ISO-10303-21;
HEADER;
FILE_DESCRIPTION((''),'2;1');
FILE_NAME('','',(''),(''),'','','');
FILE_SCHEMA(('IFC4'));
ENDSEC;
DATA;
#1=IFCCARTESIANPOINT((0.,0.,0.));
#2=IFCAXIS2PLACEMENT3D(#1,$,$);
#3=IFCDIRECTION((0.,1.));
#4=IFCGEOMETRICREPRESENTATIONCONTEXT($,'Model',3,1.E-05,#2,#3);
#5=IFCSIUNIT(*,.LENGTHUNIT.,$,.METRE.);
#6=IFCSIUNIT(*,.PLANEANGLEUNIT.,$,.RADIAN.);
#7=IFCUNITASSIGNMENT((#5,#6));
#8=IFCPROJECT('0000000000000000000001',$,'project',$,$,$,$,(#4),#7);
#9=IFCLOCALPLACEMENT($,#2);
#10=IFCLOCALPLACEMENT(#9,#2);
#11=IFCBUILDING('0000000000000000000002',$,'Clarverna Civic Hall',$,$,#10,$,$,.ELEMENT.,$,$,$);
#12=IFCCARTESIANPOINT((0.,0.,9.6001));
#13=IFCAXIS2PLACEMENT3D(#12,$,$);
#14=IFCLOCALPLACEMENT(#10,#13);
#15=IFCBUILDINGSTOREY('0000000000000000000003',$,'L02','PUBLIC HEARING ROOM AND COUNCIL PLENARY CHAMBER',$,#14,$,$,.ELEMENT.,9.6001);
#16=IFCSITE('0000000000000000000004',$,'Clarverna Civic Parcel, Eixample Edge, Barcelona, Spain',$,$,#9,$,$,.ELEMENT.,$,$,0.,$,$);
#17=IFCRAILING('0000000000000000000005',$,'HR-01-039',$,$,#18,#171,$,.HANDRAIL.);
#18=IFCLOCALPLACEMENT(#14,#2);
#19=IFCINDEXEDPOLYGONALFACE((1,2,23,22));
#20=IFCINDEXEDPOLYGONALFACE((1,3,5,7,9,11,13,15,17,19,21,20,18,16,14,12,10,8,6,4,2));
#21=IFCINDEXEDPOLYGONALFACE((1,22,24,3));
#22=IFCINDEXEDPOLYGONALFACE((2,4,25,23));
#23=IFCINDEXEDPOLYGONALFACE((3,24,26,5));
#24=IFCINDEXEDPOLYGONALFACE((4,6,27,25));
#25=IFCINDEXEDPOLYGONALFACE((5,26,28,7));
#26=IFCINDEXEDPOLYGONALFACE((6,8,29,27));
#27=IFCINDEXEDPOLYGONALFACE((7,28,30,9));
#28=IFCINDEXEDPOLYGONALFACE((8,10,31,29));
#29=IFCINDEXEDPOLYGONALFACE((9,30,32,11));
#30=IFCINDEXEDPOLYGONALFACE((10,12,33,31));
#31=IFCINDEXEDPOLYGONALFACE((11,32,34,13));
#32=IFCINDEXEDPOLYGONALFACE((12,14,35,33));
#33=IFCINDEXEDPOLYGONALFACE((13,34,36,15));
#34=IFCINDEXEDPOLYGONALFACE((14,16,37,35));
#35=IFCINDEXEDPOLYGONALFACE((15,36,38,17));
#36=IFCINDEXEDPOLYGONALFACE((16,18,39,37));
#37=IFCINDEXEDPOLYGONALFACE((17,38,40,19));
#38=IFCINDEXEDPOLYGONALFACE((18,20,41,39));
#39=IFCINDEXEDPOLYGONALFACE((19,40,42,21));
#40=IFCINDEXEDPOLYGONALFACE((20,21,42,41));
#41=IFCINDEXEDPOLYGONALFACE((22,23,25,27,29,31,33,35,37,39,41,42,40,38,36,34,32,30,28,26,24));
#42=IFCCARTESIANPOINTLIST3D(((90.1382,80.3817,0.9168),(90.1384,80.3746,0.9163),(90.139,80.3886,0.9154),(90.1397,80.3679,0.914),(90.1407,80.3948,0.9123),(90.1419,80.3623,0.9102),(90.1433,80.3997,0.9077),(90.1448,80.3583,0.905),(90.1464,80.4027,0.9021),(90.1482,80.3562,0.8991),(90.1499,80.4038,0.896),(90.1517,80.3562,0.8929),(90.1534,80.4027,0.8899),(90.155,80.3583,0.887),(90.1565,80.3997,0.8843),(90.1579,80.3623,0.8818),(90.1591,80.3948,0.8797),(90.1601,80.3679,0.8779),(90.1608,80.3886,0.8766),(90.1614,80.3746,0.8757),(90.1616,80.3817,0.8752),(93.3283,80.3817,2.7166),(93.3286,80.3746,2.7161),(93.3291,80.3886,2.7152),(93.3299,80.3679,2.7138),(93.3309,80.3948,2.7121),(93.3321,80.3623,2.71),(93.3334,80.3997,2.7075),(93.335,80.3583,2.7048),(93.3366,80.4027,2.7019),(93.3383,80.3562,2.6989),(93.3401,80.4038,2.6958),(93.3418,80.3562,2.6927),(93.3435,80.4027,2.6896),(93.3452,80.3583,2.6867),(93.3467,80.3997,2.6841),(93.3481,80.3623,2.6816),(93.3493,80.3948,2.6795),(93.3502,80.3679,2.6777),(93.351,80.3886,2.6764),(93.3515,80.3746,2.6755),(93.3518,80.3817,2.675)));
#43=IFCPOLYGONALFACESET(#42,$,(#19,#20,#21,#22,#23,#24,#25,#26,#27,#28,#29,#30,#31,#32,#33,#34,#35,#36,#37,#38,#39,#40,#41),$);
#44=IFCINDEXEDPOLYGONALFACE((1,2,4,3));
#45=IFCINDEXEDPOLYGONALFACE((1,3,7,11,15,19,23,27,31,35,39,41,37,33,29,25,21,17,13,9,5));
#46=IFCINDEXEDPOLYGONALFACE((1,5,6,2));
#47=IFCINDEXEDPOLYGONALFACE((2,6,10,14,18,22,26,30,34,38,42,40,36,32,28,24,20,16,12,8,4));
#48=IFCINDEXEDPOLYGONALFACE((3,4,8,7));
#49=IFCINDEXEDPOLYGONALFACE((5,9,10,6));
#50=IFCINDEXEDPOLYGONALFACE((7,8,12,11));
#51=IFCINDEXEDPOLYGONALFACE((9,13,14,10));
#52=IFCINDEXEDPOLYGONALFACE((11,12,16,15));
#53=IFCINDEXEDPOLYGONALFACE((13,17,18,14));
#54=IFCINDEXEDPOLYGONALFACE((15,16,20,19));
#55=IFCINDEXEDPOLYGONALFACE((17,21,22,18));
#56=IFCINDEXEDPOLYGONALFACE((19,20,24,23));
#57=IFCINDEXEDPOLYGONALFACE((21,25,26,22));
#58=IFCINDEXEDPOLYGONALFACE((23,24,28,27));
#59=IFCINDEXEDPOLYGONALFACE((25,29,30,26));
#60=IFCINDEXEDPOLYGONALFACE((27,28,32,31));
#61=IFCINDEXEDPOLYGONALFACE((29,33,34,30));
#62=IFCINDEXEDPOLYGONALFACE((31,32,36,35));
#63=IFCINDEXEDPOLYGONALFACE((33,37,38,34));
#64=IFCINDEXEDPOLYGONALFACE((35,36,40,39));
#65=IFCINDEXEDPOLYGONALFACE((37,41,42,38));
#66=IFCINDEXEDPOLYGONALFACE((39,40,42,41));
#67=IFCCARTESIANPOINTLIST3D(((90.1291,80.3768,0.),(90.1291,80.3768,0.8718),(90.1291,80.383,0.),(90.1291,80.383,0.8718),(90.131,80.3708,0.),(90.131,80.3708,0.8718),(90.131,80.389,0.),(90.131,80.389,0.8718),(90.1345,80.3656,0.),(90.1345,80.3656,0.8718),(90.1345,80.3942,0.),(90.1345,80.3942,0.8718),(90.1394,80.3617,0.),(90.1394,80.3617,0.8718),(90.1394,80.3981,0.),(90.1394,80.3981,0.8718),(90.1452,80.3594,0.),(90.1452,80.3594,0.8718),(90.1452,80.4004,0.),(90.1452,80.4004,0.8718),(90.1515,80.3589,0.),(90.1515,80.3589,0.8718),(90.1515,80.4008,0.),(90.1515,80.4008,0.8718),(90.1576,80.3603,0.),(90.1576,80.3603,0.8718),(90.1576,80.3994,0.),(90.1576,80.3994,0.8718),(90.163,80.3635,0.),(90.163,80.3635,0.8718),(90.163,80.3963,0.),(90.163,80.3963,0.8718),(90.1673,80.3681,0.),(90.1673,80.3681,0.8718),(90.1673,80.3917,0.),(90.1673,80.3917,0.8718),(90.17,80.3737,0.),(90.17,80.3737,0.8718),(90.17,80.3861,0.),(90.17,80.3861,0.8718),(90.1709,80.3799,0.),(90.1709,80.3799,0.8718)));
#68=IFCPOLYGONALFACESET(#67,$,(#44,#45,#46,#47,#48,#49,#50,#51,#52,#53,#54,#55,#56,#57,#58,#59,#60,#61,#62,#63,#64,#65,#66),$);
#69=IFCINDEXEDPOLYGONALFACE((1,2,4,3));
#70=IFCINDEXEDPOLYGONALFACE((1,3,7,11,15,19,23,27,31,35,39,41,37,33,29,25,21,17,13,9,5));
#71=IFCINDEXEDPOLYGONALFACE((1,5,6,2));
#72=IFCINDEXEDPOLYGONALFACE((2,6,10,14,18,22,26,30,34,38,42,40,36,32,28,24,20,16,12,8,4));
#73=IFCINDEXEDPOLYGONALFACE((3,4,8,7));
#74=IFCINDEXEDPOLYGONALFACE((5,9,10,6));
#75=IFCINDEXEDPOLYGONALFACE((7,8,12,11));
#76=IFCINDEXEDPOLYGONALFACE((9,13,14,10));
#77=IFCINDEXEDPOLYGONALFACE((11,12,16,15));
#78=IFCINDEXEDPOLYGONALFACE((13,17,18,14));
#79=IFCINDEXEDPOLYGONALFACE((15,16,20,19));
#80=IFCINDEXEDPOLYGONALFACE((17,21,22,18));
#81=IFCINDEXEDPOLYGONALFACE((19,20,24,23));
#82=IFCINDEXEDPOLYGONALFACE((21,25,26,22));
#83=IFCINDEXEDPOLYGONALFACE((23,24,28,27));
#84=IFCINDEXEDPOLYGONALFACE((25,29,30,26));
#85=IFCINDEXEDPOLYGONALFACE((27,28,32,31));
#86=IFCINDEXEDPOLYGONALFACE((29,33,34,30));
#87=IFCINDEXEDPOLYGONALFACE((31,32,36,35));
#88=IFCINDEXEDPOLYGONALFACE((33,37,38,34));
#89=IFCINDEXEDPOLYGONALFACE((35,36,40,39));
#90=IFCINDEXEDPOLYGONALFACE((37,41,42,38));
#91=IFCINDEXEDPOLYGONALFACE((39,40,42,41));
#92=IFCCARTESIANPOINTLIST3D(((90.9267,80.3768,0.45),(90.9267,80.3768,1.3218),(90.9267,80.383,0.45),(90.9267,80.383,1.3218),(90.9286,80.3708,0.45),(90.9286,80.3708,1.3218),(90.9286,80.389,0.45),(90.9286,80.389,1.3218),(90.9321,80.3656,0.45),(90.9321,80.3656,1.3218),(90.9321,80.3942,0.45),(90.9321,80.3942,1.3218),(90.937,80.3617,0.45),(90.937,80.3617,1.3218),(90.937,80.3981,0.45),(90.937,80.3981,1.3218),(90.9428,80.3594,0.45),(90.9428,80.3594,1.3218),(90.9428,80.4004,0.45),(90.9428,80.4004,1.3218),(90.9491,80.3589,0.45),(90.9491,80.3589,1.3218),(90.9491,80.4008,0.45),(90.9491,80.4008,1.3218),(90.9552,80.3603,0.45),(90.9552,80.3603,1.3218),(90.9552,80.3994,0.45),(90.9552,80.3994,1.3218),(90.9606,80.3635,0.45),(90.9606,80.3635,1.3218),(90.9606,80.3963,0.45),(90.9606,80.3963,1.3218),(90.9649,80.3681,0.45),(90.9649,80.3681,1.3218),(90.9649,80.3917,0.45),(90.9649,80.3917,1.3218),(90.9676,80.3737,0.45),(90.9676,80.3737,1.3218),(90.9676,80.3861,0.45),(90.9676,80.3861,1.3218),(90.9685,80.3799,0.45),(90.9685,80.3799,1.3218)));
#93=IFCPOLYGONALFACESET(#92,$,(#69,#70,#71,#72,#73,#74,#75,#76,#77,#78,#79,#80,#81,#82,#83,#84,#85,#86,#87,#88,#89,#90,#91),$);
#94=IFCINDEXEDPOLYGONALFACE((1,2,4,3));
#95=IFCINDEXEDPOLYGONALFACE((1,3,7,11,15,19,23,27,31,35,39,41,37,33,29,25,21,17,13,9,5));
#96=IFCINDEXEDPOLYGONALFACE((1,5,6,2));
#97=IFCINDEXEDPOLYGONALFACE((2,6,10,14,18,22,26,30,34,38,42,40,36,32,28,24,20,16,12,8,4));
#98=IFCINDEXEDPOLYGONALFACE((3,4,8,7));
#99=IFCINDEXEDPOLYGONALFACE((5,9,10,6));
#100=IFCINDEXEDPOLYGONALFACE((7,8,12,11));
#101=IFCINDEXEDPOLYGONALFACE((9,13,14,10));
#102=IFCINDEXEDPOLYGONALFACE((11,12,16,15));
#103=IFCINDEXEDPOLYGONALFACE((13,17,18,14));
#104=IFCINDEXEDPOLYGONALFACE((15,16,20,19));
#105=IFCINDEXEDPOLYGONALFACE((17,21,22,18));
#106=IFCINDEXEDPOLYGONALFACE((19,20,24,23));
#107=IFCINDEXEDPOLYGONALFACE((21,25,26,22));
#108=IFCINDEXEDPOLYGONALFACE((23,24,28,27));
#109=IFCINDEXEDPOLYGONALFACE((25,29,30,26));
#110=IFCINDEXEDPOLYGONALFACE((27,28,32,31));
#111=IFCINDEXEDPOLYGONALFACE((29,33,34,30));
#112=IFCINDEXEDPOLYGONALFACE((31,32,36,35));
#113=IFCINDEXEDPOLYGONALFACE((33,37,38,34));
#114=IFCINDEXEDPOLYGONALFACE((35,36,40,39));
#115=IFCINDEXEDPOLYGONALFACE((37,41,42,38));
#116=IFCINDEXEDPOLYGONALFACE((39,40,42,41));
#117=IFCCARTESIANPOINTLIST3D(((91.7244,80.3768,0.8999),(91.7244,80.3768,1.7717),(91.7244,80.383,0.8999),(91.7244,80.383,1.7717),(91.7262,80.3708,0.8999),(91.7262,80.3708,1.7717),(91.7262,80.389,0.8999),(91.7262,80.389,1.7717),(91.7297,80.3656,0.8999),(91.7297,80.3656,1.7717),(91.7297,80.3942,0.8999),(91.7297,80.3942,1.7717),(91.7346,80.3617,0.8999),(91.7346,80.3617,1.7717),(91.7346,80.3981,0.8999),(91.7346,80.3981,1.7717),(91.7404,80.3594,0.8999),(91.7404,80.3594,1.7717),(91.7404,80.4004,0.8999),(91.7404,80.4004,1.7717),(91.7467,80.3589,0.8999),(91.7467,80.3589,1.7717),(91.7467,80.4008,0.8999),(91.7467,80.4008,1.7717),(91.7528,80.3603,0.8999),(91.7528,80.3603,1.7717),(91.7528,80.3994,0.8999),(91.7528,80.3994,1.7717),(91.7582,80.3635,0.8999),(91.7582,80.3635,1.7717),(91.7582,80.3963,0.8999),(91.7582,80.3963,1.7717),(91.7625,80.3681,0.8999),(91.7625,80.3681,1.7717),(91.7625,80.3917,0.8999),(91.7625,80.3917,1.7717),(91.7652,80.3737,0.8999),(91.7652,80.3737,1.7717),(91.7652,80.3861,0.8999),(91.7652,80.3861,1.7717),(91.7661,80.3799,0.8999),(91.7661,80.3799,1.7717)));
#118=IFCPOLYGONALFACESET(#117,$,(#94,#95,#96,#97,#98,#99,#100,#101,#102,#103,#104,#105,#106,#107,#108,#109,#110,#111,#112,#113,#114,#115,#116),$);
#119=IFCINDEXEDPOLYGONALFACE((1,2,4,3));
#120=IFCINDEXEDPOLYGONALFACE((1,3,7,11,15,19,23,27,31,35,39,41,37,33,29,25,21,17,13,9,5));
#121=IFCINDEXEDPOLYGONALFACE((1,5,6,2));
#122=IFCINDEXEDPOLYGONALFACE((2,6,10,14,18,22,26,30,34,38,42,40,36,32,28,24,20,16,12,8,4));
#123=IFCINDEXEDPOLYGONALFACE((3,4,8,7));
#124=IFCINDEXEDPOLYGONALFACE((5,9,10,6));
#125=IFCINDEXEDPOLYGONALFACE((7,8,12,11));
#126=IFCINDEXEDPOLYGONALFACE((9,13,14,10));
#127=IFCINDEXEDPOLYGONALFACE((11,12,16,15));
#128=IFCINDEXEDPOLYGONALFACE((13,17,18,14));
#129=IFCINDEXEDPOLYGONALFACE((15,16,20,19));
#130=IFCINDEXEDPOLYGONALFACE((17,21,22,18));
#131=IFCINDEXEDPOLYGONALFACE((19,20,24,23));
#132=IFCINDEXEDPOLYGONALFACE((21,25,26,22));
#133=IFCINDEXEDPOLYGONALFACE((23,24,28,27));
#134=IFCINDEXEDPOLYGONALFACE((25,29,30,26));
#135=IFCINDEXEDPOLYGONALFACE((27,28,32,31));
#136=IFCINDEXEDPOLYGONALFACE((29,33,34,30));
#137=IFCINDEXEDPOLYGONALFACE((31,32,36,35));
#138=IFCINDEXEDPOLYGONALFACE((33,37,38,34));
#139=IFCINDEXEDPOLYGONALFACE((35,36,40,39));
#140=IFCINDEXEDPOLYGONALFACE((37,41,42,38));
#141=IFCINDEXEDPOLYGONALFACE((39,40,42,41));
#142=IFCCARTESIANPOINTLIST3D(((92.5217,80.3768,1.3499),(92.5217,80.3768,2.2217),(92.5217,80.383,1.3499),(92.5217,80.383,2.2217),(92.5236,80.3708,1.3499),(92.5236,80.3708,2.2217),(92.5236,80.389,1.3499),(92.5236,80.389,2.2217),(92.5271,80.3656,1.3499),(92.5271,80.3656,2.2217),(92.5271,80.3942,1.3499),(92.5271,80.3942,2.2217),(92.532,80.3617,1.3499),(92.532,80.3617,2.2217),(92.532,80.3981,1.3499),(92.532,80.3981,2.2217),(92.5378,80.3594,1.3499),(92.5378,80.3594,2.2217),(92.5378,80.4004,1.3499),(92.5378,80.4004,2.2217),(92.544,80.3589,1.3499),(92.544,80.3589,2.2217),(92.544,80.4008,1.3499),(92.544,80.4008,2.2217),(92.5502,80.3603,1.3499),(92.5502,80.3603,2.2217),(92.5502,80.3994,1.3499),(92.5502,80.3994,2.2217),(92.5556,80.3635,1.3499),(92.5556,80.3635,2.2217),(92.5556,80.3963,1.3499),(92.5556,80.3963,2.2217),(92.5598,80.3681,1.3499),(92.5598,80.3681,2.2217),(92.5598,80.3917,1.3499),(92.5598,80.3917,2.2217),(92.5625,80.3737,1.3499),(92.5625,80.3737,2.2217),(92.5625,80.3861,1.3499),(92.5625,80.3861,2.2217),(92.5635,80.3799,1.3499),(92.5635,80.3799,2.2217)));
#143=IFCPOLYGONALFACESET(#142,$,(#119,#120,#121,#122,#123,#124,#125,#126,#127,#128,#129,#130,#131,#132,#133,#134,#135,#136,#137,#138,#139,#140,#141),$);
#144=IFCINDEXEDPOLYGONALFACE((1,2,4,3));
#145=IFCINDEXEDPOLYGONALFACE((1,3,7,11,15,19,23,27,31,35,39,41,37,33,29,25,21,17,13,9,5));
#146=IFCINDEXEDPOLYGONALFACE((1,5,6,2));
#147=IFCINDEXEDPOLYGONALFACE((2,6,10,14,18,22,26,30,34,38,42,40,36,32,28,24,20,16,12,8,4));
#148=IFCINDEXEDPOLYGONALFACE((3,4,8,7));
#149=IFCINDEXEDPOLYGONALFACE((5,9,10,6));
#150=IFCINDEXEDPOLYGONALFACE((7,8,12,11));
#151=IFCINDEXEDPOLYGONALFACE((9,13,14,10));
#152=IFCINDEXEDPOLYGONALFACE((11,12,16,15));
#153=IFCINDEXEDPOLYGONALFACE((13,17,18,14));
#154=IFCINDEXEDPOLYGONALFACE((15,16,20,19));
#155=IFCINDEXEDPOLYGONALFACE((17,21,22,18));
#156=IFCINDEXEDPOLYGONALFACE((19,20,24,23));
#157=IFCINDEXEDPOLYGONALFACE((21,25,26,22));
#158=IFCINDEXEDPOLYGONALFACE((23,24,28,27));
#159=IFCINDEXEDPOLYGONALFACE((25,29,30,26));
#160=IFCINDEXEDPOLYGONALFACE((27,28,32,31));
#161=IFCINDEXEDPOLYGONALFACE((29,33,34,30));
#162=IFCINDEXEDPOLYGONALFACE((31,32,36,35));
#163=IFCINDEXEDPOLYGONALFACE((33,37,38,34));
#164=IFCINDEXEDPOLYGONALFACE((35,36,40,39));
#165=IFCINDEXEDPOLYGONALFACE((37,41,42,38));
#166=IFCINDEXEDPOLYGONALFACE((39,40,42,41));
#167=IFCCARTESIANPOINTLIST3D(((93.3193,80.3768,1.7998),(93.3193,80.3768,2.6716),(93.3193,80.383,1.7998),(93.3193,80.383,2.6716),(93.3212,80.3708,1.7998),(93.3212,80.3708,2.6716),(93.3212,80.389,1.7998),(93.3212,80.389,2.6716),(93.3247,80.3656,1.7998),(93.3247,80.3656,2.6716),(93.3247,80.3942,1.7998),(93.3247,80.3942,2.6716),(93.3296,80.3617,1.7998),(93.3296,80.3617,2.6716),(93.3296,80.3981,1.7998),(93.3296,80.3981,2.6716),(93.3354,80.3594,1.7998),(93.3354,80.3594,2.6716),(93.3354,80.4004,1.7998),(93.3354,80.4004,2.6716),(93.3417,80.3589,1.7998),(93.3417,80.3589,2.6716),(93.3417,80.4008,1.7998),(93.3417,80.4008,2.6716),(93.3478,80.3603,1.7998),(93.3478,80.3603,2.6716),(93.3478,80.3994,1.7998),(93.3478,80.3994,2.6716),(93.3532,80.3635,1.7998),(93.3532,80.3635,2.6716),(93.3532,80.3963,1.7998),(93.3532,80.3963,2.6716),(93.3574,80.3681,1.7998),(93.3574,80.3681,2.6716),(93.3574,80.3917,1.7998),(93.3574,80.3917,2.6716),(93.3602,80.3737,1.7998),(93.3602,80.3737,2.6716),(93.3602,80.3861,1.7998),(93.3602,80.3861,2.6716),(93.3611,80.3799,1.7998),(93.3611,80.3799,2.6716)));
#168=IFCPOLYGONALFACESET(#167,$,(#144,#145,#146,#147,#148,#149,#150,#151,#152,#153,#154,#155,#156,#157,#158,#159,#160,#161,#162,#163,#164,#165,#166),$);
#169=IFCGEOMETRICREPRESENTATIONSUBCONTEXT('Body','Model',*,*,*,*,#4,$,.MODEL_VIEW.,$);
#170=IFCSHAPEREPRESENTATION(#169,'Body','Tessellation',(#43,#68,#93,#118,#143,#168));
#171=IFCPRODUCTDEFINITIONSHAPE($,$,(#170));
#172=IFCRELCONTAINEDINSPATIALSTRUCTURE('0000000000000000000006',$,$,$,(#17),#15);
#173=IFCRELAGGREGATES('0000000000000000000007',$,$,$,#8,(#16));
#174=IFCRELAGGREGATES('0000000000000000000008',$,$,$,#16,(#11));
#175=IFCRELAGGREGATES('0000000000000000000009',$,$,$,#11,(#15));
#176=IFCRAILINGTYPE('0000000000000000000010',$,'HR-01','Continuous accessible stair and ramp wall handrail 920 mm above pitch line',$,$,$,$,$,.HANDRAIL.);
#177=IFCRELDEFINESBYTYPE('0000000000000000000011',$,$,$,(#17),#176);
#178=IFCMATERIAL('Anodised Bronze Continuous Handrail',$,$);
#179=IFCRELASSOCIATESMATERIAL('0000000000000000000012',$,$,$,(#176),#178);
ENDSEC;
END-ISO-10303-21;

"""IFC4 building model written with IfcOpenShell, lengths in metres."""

from ifc_helpers import new_model, si_unit, direction, frame, origin, origin_2d, place, context, subcontext, project, spatial, circle, extrude, material, type_object, element, save


model = new_model("IFC4")

# Units and contexts
model_context = context("Model", 3, precision=1e-05, world=origin(), true_north=direction((0.0, 1.0)))
body_context = subcontext(model_context, "Body", "Model", "MODEL_VIEW")
ifc_project = project(units=[si_unit("LENGTHUNIT", "METRE"), si_unit("PLANEANGLEUNIT", "RADIAN")], contexts=[model_context])

# Site, building, storey
site_placement = place(None, origin())
site = spatial("IfcSite", under=ifc_project, at=site_placement, Name="Clarverna Civic Parcel, Eixample Edge, Barcelona, Spain", CompositionType="ELEMENT", RefElevation=0.0)
building_placement = place(site_placement, origin())
building = spatial("IfcBuilding", under=site, at=building_placement, Name="Clarverna Civic Hall", CompositionType="ELEMENT")
storey_placement = place(building_placement, frame((0.0, 0.0, 9.6001)))
storey = spatial("IfcBuildingStorey", under=building, at=storey_placement, Name="L02", Description="PUBLIC HEARING ROOM AND COUNCIL PLENARY CHAMBER", CompositionType="ELEMENT", Elevation=9.6001)

# Railing
ifc_material_1 = material(Name="Anodised Bronze Continuous Handrail")
railing_type_1 = type_object("IfcRailingType", Name="HR-01", Description="Continuous accessible stair and ramp wall handrail 920 mm above pitch line", PredefinedType="HANDRAIL", material=ifc_material_1)
railing_1_placement = place(storey_placement, frame((90.1499, 80.3799, 0.0)))
element("IfcRailing", 1, at=railing_1_placement, inside=storey, type_object=railing_type_1, Name="HR-01-039", PredefinedType="HANDRAIL", context=body_context, shape_type="SweptSolid", body=[
    extrude(circle(Radius=0.0239, at=origin_2d()), frame((0.0, 0.0, 0.896), z_axis=(0.870954, 0.0, 0.491365), x_axis=(0.0, 1.0, 0.0)), (0.0, 0.0, 1.0), 3.6628),
    extrude(circle(Radius=0.021, at=origin_2d()), origin(), (0.0, 0.0, 1.0), 0.8718),
    extrude(circle(Radius=0.021, at=origin_2d()), frame((0.7976, 0.0, 0.45)), (0.0, 0.0, 1.0), 0.8718),
    extrude(circle(Radius=0.021, at=origin_2d()), frame((1.5952, 0.0, 0.8999)), (0.0, 0.0, 1.0), 0.8718),
    extrude(circle(Radius=0.021, at=origin_2d()), frame((2.3926, 0.0, 1.3499)), (0.0, 0.0, 1.0), 0.8718),
    extrude(circle(Radius=0.021, at=origin_2d()), frame((3.1902, 0.0, 1.7998)), (0.0, 0.0, 1.0), 0.8718),
])

save(model, "model.ifc")
